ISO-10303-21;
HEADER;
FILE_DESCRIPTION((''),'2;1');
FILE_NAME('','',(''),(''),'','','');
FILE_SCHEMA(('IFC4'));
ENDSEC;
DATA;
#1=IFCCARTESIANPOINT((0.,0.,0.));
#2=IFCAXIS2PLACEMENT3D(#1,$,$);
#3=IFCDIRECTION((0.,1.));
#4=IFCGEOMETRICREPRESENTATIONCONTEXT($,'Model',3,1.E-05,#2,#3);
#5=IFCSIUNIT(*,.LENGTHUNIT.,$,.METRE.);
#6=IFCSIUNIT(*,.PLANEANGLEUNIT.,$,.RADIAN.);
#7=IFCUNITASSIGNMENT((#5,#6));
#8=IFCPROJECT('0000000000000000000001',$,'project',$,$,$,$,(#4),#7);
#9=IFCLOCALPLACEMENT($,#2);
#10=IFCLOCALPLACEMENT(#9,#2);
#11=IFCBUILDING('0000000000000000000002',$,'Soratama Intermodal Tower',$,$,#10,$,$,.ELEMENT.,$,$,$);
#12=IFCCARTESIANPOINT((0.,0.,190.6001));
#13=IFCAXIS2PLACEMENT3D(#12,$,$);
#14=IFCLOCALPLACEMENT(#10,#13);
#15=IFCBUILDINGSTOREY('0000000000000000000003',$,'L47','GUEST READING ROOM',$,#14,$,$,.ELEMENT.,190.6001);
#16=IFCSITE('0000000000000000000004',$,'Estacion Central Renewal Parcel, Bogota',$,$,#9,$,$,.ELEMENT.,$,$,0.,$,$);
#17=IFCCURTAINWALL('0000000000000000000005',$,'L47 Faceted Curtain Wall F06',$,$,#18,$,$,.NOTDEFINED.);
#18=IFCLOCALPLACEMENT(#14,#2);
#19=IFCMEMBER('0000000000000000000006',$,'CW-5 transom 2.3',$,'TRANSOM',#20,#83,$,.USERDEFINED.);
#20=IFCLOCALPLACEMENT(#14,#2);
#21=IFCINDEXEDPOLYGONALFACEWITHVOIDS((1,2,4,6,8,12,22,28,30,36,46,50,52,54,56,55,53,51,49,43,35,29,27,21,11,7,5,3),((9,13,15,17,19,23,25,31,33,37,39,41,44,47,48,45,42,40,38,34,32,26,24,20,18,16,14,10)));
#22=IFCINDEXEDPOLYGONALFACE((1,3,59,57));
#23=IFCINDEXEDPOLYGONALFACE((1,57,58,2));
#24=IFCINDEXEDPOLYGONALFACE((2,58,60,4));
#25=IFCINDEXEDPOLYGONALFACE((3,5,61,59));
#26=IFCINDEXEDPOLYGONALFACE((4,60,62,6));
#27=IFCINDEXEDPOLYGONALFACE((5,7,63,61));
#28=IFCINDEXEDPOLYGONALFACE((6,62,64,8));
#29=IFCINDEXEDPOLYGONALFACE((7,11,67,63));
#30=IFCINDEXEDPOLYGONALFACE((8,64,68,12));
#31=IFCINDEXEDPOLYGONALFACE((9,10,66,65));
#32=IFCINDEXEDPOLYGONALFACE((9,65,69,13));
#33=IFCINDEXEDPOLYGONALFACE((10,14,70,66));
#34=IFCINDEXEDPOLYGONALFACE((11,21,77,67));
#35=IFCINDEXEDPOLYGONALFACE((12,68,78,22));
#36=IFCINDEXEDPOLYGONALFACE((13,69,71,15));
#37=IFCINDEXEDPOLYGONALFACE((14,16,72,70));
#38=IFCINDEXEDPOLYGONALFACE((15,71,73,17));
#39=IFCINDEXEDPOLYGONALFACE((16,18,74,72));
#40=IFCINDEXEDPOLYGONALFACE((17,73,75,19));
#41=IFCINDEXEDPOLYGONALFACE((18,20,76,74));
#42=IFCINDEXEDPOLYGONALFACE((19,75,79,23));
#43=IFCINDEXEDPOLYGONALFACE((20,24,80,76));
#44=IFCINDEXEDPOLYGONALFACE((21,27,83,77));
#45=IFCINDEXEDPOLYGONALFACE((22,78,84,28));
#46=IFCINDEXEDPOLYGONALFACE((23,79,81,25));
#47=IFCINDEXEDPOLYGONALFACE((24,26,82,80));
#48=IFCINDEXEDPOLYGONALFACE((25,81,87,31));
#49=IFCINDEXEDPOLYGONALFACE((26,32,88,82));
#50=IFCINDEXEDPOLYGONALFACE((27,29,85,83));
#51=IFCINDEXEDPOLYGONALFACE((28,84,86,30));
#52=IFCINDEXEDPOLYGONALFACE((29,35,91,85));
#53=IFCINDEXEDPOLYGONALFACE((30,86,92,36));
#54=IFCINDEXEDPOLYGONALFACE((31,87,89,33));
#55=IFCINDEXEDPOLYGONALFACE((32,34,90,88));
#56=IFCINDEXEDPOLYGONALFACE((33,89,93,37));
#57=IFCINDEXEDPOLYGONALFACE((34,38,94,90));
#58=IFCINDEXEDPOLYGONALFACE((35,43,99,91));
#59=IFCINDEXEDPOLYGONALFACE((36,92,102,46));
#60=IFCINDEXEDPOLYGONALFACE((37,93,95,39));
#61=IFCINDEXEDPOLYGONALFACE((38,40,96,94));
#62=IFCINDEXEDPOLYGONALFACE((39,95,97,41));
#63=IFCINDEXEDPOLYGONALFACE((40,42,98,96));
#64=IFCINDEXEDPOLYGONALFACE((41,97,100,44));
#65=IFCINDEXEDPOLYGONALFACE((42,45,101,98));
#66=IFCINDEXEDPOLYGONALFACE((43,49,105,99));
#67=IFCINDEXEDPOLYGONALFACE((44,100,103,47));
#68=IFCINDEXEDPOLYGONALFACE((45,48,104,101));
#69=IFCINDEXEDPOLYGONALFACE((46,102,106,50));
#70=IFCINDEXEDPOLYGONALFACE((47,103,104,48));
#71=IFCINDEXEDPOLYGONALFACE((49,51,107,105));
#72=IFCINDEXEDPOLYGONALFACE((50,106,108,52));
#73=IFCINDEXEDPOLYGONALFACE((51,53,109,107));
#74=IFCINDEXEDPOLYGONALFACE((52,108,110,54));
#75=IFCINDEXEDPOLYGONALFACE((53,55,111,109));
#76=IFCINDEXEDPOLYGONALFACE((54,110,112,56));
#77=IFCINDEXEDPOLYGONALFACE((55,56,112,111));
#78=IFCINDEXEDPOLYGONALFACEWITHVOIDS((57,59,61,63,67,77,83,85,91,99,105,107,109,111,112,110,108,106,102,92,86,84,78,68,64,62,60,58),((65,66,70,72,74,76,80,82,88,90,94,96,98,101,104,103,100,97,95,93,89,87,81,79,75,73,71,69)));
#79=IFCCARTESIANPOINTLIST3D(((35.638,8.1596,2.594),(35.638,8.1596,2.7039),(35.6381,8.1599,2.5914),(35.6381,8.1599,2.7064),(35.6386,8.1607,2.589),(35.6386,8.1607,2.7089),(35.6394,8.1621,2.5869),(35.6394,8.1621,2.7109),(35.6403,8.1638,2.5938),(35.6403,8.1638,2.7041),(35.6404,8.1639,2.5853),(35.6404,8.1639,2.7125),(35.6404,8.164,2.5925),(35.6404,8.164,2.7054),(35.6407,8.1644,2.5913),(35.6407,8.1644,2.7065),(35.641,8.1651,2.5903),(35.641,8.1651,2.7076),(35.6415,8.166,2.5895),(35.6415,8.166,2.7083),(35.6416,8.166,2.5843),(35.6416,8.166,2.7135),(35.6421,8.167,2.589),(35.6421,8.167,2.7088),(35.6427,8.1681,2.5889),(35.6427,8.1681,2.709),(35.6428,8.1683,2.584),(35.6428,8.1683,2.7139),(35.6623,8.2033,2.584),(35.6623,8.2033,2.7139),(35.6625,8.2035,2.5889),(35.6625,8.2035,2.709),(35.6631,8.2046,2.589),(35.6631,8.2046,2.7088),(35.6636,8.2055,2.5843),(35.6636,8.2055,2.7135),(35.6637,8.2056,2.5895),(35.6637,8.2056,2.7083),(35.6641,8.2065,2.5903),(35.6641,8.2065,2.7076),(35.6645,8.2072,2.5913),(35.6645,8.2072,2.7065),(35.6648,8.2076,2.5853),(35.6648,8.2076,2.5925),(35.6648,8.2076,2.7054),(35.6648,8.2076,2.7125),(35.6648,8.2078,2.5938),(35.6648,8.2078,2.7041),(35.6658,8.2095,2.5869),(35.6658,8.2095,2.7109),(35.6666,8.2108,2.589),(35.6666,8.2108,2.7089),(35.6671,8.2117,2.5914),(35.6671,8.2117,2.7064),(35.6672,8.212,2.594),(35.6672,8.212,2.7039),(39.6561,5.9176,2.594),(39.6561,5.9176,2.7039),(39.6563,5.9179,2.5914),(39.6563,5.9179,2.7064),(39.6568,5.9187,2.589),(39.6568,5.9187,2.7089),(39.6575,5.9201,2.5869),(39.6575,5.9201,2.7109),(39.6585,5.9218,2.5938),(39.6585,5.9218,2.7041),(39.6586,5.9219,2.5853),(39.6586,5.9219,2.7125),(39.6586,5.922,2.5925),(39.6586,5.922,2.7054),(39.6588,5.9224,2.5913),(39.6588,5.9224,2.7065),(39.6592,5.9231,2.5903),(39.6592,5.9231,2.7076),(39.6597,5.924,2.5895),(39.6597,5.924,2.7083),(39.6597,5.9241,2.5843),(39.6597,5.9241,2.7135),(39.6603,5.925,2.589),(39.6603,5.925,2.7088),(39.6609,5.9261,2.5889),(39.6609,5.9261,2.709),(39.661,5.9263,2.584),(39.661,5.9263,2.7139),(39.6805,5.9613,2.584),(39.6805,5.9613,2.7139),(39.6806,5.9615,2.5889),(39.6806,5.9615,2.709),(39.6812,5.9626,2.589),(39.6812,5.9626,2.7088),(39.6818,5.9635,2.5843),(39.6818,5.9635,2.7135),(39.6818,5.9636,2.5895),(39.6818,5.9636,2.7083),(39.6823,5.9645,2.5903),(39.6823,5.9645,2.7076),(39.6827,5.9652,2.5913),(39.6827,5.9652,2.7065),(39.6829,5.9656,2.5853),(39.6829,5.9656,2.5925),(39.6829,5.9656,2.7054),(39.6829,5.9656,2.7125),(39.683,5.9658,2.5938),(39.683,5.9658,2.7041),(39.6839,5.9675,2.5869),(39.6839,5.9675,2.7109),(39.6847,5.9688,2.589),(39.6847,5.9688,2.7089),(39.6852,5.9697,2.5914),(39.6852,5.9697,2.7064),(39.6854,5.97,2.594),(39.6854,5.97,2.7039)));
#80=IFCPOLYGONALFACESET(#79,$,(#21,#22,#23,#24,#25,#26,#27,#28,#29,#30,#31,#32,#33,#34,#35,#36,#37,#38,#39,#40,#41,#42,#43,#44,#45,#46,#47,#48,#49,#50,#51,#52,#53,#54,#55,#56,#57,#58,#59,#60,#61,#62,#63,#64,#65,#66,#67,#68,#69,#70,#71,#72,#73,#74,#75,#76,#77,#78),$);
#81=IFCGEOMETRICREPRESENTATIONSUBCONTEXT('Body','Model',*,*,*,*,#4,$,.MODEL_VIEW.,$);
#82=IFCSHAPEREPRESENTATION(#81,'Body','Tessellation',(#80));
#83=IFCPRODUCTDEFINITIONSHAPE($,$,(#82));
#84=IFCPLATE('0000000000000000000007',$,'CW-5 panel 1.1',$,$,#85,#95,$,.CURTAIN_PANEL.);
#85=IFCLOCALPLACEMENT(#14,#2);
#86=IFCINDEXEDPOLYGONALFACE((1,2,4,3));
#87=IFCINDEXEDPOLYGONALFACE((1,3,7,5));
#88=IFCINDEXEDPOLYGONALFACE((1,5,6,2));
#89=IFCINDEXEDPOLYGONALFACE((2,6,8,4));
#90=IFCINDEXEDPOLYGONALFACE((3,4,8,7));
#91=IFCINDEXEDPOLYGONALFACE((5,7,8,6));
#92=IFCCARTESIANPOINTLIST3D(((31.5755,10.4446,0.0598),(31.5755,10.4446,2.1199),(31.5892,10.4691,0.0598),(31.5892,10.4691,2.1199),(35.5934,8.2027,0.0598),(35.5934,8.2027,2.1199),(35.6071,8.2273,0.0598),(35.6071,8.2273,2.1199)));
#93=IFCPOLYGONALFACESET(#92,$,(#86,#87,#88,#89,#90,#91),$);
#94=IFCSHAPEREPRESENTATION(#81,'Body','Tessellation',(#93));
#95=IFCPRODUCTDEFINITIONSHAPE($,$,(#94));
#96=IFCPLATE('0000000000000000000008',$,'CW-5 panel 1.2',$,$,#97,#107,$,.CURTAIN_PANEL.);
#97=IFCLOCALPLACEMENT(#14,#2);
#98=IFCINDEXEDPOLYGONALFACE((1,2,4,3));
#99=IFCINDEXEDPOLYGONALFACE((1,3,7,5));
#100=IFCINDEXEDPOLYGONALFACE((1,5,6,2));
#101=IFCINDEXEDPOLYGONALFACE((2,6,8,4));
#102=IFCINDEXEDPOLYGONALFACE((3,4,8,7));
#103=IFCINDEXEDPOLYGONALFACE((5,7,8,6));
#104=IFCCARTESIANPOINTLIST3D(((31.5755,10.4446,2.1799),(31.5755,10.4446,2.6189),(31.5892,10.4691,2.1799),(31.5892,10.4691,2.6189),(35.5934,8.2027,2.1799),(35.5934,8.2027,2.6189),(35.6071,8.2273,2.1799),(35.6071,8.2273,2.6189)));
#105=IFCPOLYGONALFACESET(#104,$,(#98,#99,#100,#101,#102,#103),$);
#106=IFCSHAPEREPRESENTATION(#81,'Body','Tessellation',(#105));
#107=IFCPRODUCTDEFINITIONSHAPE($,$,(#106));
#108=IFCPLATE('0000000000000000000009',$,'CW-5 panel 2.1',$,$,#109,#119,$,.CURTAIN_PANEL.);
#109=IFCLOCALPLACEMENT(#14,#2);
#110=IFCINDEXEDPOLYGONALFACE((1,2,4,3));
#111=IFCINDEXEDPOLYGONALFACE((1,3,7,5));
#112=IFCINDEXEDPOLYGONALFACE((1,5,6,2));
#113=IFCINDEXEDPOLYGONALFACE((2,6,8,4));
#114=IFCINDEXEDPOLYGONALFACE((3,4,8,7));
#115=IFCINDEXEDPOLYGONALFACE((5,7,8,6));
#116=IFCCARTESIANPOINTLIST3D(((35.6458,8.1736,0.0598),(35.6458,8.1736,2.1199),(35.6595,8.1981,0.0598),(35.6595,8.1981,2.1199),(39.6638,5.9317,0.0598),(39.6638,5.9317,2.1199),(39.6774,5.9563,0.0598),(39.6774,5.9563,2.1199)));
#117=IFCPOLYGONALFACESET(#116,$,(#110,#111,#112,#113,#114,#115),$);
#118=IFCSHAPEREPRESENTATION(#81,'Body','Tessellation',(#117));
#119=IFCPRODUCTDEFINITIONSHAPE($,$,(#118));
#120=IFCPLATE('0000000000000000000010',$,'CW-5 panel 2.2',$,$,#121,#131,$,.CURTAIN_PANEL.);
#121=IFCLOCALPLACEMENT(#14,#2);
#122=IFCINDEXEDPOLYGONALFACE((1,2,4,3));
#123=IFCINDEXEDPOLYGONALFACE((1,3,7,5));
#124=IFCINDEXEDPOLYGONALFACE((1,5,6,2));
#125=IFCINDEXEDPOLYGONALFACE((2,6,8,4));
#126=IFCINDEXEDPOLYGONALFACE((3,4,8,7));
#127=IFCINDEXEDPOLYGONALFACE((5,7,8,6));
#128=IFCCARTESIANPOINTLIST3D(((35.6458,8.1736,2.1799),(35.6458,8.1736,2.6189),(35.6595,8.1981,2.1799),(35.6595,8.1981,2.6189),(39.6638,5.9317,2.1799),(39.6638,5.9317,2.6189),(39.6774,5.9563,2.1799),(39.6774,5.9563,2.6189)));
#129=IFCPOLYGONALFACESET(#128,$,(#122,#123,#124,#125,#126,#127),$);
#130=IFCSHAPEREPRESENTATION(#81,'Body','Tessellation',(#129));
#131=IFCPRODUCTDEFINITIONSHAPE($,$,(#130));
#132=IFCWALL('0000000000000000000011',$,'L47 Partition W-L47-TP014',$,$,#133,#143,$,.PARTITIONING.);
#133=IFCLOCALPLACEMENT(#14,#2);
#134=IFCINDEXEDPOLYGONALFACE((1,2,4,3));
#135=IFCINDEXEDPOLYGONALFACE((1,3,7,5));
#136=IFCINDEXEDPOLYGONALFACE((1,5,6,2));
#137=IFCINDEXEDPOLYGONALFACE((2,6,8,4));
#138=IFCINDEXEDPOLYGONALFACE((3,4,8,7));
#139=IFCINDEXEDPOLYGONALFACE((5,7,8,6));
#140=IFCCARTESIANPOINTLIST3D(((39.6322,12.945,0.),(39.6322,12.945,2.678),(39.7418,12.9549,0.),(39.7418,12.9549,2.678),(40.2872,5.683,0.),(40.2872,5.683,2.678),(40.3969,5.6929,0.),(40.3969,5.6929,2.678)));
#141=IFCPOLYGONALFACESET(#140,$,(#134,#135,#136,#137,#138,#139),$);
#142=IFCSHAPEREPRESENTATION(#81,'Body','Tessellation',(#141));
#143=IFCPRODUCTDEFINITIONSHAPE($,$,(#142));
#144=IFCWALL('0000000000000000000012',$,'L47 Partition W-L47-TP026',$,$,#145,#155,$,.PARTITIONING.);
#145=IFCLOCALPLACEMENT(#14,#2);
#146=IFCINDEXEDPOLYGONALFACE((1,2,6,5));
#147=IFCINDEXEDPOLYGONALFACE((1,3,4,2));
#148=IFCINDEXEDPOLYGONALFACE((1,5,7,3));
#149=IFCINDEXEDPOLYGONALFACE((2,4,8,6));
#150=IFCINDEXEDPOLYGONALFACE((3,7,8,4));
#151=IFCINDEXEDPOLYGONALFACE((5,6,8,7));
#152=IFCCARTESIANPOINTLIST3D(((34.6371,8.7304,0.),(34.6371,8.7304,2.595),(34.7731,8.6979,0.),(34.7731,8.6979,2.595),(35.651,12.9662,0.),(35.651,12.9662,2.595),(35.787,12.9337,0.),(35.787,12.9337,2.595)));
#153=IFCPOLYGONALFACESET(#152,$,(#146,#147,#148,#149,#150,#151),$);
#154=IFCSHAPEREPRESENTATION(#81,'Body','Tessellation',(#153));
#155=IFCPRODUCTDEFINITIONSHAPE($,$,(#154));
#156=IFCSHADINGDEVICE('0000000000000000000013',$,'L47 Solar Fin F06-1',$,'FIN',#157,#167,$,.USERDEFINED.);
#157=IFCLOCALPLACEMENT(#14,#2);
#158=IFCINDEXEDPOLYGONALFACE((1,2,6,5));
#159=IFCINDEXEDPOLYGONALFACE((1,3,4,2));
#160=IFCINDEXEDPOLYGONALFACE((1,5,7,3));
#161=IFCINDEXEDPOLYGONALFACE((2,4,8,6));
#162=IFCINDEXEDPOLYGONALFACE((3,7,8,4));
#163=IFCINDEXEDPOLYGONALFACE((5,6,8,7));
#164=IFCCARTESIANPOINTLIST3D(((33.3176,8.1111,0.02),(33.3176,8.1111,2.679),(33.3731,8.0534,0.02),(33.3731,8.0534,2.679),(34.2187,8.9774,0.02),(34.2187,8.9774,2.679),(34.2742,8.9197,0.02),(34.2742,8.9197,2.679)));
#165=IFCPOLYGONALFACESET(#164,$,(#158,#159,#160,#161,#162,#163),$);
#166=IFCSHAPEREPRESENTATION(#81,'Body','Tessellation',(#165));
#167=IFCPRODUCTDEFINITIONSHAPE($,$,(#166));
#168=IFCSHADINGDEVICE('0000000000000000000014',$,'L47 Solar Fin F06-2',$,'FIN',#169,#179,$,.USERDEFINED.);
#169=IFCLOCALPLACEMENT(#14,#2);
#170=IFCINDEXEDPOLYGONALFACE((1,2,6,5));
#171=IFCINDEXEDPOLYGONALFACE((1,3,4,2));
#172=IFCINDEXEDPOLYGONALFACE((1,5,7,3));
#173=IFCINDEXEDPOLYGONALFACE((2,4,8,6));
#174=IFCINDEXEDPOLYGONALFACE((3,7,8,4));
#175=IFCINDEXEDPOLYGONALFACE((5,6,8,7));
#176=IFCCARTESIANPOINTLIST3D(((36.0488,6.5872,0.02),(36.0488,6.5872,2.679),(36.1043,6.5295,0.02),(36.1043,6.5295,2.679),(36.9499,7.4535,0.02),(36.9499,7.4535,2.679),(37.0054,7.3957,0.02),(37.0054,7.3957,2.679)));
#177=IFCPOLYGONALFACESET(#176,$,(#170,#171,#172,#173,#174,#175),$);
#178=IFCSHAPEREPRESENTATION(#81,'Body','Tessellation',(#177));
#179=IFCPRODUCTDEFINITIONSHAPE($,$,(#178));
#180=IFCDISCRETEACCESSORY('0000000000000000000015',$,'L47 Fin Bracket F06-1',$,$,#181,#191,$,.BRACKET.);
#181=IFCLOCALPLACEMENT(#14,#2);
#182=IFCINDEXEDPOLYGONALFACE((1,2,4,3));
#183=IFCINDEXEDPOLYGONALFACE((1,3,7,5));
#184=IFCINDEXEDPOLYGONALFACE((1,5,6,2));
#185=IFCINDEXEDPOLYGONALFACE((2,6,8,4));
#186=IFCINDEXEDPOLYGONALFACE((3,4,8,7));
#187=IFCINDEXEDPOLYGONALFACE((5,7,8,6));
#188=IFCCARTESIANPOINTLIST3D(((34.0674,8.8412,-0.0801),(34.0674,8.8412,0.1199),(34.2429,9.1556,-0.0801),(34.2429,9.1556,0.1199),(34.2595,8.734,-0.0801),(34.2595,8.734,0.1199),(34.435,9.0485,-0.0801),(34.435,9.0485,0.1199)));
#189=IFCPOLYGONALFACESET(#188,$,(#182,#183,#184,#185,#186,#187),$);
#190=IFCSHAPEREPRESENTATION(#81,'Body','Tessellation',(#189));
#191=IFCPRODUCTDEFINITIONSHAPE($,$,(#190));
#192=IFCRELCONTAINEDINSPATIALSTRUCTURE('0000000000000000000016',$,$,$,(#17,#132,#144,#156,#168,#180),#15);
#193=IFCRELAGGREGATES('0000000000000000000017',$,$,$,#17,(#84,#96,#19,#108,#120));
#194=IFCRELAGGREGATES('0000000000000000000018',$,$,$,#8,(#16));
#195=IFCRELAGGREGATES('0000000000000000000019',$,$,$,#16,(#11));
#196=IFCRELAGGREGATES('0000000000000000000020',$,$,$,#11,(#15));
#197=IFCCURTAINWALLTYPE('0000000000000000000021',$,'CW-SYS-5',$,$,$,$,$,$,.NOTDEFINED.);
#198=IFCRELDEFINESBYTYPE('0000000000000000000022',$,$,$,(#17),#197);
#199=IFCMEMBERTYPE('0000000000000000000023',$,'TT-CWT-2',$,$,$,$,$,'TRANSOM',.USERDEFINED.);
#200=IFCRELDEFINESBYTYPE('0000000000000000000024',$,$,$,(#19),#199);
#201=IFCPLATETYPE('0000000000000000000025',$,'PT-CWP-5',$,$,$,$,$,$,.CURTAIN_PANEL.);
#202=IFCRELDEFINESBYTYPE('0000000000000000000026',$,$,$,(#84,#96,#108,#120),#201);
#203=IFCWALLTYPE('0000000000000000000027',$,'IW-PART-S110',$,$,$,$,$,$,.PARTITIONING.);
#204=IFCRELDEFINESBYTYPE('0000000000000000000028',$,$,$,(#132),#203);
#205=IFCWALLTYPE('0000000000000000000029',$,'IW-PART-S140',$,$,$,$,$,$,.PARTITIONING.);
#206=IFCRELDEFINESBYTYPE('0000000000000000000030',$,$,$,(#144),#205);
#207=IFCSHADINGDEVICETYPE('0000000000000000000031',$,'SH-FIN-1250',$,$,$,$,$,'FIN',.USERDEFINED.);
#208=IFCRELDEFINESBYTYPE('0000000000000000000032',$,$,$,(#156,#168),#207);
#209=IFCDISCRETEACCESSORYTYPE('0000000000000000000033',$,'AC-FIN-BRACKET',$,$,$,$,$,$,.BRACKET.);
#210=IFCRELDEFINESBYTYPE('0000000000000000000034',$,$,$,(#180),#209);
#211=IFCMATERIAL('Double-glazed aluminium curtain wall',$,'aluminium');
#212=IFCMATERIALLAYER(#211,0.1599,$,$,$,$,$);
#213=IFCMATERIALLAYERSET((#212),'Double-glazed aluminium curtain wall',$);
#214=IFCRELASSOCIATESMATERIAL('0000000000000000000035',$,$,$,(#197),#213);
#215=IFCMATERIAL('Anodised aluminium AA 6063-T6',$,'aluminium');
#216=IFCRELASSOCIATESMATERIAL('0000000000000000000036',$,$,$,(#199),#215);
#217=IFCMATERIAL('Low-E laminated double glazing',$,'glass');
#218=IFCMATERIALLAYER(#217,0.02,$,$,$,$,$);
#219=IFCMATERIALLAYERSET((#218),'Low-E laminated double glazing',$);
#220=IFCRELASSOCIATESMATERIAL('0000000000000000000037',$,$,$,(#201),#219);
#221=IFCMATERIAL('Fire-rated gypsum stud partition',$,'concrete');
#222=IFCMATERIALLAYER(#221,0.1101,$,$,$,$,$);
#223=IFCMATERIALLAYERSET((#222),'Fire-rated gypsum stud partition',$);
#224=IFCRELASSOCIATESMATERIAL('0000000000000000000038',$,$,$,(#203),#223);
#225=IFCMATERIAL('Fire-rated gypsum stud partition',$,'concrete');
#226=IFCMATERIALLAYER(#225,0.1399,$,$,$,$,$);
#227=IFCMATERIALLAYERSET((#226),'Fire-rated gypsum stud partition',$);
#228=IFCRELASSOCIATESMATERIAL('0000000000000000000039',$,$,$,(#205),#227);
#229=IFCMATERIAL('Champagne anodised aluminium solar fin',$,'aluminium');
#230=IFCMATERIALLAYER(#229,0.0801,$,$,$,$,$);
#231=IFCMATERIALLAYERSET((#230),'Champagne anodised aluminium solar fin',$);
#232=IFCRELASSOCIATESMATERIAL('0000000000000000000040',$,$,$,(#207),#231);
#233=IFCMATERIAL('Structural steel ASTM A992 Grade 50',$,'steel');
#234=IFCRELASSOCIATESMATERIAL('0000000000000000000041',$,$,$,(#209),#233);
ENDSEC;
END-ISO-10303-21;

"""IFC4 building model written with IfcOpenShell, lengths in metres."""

from ifc_helpers import new_model, si_unit, direction, frame, frame_2d, origin, origin_2d, place, context, subcontext, project, spatial, rectangle, hollow_rectangle, extrude, material, layer, layer_set, material_profile, profile_set, type_object, element, aggregate, save


model = new_model("IFC4")

# Units and contexts
model_context = context("Model", 3, precision=1e-05, world=origin(), true_north=direction((0.0, 1.0)))
body_context = subcontext(model_context, "Body", "Model", "MODEL_VIEW")
ifc_project = project(units=[si_unit("LENGTHUNIT", "METRE"), si_unit("PLANEANGLEUNIT", "RADIAN")], contexts=[model_context])

# Site, building, storey
site_placement = place(None, origin())
site = spatial("IfcSite", under=ifc_project, at=site_placement, Name="Estacion Central Renewal Parcel, Bogota", CompositionType="ELEMENT", RefElevation=0.0)
building_placement = place(site_placement, origin())
building = spatial("IfcBuilding", under=site, at=building_placement, Name="Soratama Intermodal Tower", CompositionType="ELEMENT")
storey_placement = place(building_placement, frame((0.0, 0.0, 190.6001)))
storey = spatial("IfcBuildingStorey", under=building, at=storey_placement, Name="L47", Description="GUEST READING ROOM", CompositionType="ELEMENT", Elevation=190.6001)

# Curtain wall, member, plates
ifc_material_1 = material(Name="Double-glazed aluminium curtain wall", Category="aluminium")
ifc_layer_1 = layer(ifc_material_1, 0.1599)
ifc_layer_set_1 = layer_set([ifc_layer_1], Name="Double-glazed aluminium curtain wall")
curtain_wall_type = type_object("IfcCurtainWallType", Name="CW-SYS-5", PredefinedType="NOTDEFINED", material=ifc_layer_set_1)
curtain_wall_placement = place(storey_placement, origin())
curtain_wall = element("IfcCurtainWall", 1, at=curtain_wall_placement, inside=storey, type_object=curtain_wall_type, Name="L47 Faceted Curtain Wall F06", PredefinedType="NOTDEFINED")
ifc_material_2 = material(Name="Anodised aluminium AA 6063-T6", Category="aluminium")
ifc_material_profile_1 = material_profile(ifc_material_2, hollow_rectangle(XDim=0.0601, YDim=0.1299, WallThickness=0.0049, InnerFilletRadius=0.0049, OuterFilletRadius=0.01, at=origin_2d()), Name="CWT130X60X5")
ifc_profile_set_1 = profile_set([ifc_material_profile_1], Name="Anodised aluminium AA 6063-T6")
member_type_1 = type_object("IfcMemberType", Name="TT-CWT-2", ElementType="TRANSOM", PredefinedType="USERDEFINED", material=ifc_profile_set_1)
member_1_placement = place(storey_placement, frame((35.6526, 8.1858, 2.6489), z_axis=(0.873262, -0.48725, 0.0), x_axis=(0.48725, 0.873262, 0.0)))
member_1 = element("IfcMember", 2, at=member_1_placement, type_object=member_type_1, Name="CW-5 transom 2.3", ObjectType="TRANSOM", PredefinedType="USERDEFINED", context=body_context, shape_type="SweptSolid", body=[
    extrude(hollow_rectangle(XDim=0.0601, YDim=0.1299, WallThickness=0.0049, InnerFilletRadius=0.0049, OuterFilletRadius=0.01, at=origin_2d()), origin(), (0.0, 0.0, 1.0), 4.6013),
])
ifc_material_3 = material(Name="Low-E laminated double glazing", Category="glass")
ifc_layer_2 = layer(ifc_material_3, 0.02)
ifc_layer_set_2 = layer_set([ifc_layer_2], Name="Low-E laminated double glazing")
plate_type = type_object("IfcPlateType", Name="PT-CWP-5", PredefinedType="CURTAIN_PANEL", material=ifc_layer_set_2)
plate_1_placement = place(storey_placement, frame((33.5913, 9.3359, 0.0598), z_axis=(0.0, 0.0, 1.0), x_axis=(0.873261, -0.487253, 0.0)))
plate_1 = element("IfcPlate", 3, at=plate_1_placement, type_object=plate_type, Name="CW-5 panel 1.1", PredefinedType="CURTAIN_PANEL", context=body_context, shape_type="SweptSolid", body=[
    extrude(rectangle(XDim=4.6011, YDim=0.0281, at=origin_2d()), origin(), (0.0, 0.0, 1.0), 2.0601),
])
plate_2_placement = place(storey_placement, frame((33.5913, 9.3359, 2.1799), z_axis=(0.0, 0.0, 1.0), x_axis=(0.873261, -0.487253, 0.0)))
plate_2 = element("IfcPlate", 4, at=plate_2_placement, type_object=plate_type, Name="CW-5 panel 1.2", PredefinedType="CURTAIN_PANEL", context=body_context, shape_type="SweptSolid", body=[
    extrude(rectangle(XDim=4.6011, YDim=0.0281, at=origin_2d()), origin(), (0.0, 0.0, 1.0), 0.439),
])
plate_3_placement = place(storey_placement, frame((37.6616, 7.0649, 0.0598), z_axis=(0.0, 0.0, 1.0), x_axis=(0.873261, -0.487253, 0.0)))
plate_3 = element("IfcPlate", 5, at=plate_3_placement, type_object=plate_type, Name="CW-5 panel 2.1", PredefinedType="CURTAIN_PANEL", context=body_context, shape_type="SweptSolid", body=[
    extrude(rectangle(XDim=4.6011, YDim=0.0281, at=origin_2d()), origin(), (0.0, 0.0, 1.0), 2.0601),
])
plate_4_placement = place(storey_placement, frame((37.6616, 7.0649, 2.1799), z_axis=(0.0, 0.0, 1.0), x_axis=(0.873261, -0.487253, 0.0)))
plate_4 = element("IfcPlate", 6, at=plate_4_placement, type_object=plate_type, Name="CW-5 panel 2.2", PredefinedType="CURTAIN_PANEL", context=body_context, shape_type="SweptSolid", body=[
    extrude(rectangle(XDim=4.6011, YDim=0.0281, at=origin_2d()), origin(), (0.0, 0.0, 1.0), 0.439),
])
aggregate(curtain_wall, [plate_1, plate_2, member_1, plate_3, plate_4])

# Walls
ifc_material_4 = material(Name="Fire-rated gypsum stud partition", Category="concrete")
ifc_layer_3 = layer(ifc_material_4, 0.1101)
ifc_layer_set_3 = layer_set([ifc_layer_3], Name="Fire-rated gypsum stud partition")
wall_type_1 = type_object("IfcWallType", Name="IW-PART-S110", PredefinedType="PARTITIONING", material=ifc_layer_set_3)
wall_1_placement = place(storey_placement, frame((39.687, 12.95, 0.0), z_axis=(0.0, 0.0, 1.0), x_axis=(0.089835, -0.995957, 0.0)))
element("IfcWall", 7, at=wall_1_placement, inside=storey, type_object=wall_type_1, Name="L47 Partition W-L47-TP014", PredefinedType="PARTITIONING", context=body_context, shape_type="SweptSolid", body=[
    extrude(rectangle(XDim=7.2915, YDim=0.1101, at=frame_2d((3.6458, 0.0))), origin(), (0.0, 0.0, 1.0), 2.678),
])
ifc_material_5 = material(Name="Fire-rated gypsum stud partition", Category="concrete")
ifc_layer_4 = layer(ifc_material_5, 0.1399)
ifc_layer_set_4 = layer_set([ifc_layer_4], Name="Fire-rated gypsum stud partition")
wall_type_2 = type_object("IfcWallType", Name="IW-PART-S140", PredefinedType="PARTITIONING", material=ifc_layer_set_4)
wall_2_placement = place(storey_placement, frame((35.719, 12.95, 0.0), z_axis=(0.0, 0.0, 1.0), x_axis=(-0.23279, -0.972527, 0.0)))
element("IfcWall", 8, at=wall_2_placement, inside=storey, type_object=wall_type_2, Name="L47 Partition W-L47-TP026", PredefinedType="PARTITIONING", context=body_context, shape_type="SweptSolid", body=[
    extrude(rectangle(XDim=4.3555, YDim=0.1399, at=frame_2d((2.1777, 0.0))), origin(), (0.0, 0.0, 1.0), 2.595),
])

# Shading devices
ifc_material_6 = material(Name="Champagne anodised aluminium solar fin", Category="aluminium")
ifc_layer_5 = layer(ifc_material_6, 0.0801)
ifc_layer_set_5 = layer_set([ifc_layer_5], Name="Champagne anodised aluminium solar fin")
shading_device_type = type_object("IfcShadingDeviceType", Name="SH-FIN-1250", ElementType="FIN", PredefinedType="USERDEFINED", material=ifc_layer_set_5)
for number, where, z_axis, x_axis, name in (
    (9, (33.7959, 8.5154, 0.02), (0.0, 0.0, 1.0), (-0.720914, -0.693024, 0.0), "L47 Solar Fin F06-1"),
    (10, (36.5271, 6.9915, 0.02), (0.0, 0.0, 1.0), (-0.720914, -0.693024, 0.0), "L47 Solar Fin F06-2"),
):
    element("IfcShadingDevice", number, at=place(storey_placement, frame(where, z_axis=z_axis, x_axis=x_axis)), inside=storey, type_object=shading_device_type, Name=name, ObjectType="FIN", PredefinedType="USERDEFINED", context=body_context, shape_type="SweptSolid", body=[
        extrude(rectangle(XDim=1.25, YDim=0.0801, at=origin_2d()), origin(), (0.0, 0.0, 1.0), 2.6589),
    ])

# Discrete accessory
ifc_material_7 = material(Name="Structural steel ASTM A992 Grade 50", Category="steel")
discrete_accessory_type = type_object("IfcDiscreteAccessoryType", Name="AC-FIN-BRACKET", PredefinedType="BRACKET", material=ifc_material_7)
for number, where, z_axis, x_axis, name in (
    (11, (34.2512, 8.9448, -0.0801), (0.0, 0.0, 1.0), (-0.48725, -0.873262, 0.0), "L47 Fin Bracket F06-1"),
):
    element("IfcDiscreteAccessory", number, at=place(storey_placement, frame(where, z_axis=z_axis, x_axis=x_axis)), inside=storey, type_object=discrete_accessory_type, Name=name, PredefinedType="BRACKET", context=body_context, shape_type="SweptSolid", body=[
        extrude(rectangle(XDim=0.3601, YDim=0.22, at=origin_2d()), origin(), (0.0, 0.0, 1.0), 0.2),
    ])

save(model, "model.ifc")
